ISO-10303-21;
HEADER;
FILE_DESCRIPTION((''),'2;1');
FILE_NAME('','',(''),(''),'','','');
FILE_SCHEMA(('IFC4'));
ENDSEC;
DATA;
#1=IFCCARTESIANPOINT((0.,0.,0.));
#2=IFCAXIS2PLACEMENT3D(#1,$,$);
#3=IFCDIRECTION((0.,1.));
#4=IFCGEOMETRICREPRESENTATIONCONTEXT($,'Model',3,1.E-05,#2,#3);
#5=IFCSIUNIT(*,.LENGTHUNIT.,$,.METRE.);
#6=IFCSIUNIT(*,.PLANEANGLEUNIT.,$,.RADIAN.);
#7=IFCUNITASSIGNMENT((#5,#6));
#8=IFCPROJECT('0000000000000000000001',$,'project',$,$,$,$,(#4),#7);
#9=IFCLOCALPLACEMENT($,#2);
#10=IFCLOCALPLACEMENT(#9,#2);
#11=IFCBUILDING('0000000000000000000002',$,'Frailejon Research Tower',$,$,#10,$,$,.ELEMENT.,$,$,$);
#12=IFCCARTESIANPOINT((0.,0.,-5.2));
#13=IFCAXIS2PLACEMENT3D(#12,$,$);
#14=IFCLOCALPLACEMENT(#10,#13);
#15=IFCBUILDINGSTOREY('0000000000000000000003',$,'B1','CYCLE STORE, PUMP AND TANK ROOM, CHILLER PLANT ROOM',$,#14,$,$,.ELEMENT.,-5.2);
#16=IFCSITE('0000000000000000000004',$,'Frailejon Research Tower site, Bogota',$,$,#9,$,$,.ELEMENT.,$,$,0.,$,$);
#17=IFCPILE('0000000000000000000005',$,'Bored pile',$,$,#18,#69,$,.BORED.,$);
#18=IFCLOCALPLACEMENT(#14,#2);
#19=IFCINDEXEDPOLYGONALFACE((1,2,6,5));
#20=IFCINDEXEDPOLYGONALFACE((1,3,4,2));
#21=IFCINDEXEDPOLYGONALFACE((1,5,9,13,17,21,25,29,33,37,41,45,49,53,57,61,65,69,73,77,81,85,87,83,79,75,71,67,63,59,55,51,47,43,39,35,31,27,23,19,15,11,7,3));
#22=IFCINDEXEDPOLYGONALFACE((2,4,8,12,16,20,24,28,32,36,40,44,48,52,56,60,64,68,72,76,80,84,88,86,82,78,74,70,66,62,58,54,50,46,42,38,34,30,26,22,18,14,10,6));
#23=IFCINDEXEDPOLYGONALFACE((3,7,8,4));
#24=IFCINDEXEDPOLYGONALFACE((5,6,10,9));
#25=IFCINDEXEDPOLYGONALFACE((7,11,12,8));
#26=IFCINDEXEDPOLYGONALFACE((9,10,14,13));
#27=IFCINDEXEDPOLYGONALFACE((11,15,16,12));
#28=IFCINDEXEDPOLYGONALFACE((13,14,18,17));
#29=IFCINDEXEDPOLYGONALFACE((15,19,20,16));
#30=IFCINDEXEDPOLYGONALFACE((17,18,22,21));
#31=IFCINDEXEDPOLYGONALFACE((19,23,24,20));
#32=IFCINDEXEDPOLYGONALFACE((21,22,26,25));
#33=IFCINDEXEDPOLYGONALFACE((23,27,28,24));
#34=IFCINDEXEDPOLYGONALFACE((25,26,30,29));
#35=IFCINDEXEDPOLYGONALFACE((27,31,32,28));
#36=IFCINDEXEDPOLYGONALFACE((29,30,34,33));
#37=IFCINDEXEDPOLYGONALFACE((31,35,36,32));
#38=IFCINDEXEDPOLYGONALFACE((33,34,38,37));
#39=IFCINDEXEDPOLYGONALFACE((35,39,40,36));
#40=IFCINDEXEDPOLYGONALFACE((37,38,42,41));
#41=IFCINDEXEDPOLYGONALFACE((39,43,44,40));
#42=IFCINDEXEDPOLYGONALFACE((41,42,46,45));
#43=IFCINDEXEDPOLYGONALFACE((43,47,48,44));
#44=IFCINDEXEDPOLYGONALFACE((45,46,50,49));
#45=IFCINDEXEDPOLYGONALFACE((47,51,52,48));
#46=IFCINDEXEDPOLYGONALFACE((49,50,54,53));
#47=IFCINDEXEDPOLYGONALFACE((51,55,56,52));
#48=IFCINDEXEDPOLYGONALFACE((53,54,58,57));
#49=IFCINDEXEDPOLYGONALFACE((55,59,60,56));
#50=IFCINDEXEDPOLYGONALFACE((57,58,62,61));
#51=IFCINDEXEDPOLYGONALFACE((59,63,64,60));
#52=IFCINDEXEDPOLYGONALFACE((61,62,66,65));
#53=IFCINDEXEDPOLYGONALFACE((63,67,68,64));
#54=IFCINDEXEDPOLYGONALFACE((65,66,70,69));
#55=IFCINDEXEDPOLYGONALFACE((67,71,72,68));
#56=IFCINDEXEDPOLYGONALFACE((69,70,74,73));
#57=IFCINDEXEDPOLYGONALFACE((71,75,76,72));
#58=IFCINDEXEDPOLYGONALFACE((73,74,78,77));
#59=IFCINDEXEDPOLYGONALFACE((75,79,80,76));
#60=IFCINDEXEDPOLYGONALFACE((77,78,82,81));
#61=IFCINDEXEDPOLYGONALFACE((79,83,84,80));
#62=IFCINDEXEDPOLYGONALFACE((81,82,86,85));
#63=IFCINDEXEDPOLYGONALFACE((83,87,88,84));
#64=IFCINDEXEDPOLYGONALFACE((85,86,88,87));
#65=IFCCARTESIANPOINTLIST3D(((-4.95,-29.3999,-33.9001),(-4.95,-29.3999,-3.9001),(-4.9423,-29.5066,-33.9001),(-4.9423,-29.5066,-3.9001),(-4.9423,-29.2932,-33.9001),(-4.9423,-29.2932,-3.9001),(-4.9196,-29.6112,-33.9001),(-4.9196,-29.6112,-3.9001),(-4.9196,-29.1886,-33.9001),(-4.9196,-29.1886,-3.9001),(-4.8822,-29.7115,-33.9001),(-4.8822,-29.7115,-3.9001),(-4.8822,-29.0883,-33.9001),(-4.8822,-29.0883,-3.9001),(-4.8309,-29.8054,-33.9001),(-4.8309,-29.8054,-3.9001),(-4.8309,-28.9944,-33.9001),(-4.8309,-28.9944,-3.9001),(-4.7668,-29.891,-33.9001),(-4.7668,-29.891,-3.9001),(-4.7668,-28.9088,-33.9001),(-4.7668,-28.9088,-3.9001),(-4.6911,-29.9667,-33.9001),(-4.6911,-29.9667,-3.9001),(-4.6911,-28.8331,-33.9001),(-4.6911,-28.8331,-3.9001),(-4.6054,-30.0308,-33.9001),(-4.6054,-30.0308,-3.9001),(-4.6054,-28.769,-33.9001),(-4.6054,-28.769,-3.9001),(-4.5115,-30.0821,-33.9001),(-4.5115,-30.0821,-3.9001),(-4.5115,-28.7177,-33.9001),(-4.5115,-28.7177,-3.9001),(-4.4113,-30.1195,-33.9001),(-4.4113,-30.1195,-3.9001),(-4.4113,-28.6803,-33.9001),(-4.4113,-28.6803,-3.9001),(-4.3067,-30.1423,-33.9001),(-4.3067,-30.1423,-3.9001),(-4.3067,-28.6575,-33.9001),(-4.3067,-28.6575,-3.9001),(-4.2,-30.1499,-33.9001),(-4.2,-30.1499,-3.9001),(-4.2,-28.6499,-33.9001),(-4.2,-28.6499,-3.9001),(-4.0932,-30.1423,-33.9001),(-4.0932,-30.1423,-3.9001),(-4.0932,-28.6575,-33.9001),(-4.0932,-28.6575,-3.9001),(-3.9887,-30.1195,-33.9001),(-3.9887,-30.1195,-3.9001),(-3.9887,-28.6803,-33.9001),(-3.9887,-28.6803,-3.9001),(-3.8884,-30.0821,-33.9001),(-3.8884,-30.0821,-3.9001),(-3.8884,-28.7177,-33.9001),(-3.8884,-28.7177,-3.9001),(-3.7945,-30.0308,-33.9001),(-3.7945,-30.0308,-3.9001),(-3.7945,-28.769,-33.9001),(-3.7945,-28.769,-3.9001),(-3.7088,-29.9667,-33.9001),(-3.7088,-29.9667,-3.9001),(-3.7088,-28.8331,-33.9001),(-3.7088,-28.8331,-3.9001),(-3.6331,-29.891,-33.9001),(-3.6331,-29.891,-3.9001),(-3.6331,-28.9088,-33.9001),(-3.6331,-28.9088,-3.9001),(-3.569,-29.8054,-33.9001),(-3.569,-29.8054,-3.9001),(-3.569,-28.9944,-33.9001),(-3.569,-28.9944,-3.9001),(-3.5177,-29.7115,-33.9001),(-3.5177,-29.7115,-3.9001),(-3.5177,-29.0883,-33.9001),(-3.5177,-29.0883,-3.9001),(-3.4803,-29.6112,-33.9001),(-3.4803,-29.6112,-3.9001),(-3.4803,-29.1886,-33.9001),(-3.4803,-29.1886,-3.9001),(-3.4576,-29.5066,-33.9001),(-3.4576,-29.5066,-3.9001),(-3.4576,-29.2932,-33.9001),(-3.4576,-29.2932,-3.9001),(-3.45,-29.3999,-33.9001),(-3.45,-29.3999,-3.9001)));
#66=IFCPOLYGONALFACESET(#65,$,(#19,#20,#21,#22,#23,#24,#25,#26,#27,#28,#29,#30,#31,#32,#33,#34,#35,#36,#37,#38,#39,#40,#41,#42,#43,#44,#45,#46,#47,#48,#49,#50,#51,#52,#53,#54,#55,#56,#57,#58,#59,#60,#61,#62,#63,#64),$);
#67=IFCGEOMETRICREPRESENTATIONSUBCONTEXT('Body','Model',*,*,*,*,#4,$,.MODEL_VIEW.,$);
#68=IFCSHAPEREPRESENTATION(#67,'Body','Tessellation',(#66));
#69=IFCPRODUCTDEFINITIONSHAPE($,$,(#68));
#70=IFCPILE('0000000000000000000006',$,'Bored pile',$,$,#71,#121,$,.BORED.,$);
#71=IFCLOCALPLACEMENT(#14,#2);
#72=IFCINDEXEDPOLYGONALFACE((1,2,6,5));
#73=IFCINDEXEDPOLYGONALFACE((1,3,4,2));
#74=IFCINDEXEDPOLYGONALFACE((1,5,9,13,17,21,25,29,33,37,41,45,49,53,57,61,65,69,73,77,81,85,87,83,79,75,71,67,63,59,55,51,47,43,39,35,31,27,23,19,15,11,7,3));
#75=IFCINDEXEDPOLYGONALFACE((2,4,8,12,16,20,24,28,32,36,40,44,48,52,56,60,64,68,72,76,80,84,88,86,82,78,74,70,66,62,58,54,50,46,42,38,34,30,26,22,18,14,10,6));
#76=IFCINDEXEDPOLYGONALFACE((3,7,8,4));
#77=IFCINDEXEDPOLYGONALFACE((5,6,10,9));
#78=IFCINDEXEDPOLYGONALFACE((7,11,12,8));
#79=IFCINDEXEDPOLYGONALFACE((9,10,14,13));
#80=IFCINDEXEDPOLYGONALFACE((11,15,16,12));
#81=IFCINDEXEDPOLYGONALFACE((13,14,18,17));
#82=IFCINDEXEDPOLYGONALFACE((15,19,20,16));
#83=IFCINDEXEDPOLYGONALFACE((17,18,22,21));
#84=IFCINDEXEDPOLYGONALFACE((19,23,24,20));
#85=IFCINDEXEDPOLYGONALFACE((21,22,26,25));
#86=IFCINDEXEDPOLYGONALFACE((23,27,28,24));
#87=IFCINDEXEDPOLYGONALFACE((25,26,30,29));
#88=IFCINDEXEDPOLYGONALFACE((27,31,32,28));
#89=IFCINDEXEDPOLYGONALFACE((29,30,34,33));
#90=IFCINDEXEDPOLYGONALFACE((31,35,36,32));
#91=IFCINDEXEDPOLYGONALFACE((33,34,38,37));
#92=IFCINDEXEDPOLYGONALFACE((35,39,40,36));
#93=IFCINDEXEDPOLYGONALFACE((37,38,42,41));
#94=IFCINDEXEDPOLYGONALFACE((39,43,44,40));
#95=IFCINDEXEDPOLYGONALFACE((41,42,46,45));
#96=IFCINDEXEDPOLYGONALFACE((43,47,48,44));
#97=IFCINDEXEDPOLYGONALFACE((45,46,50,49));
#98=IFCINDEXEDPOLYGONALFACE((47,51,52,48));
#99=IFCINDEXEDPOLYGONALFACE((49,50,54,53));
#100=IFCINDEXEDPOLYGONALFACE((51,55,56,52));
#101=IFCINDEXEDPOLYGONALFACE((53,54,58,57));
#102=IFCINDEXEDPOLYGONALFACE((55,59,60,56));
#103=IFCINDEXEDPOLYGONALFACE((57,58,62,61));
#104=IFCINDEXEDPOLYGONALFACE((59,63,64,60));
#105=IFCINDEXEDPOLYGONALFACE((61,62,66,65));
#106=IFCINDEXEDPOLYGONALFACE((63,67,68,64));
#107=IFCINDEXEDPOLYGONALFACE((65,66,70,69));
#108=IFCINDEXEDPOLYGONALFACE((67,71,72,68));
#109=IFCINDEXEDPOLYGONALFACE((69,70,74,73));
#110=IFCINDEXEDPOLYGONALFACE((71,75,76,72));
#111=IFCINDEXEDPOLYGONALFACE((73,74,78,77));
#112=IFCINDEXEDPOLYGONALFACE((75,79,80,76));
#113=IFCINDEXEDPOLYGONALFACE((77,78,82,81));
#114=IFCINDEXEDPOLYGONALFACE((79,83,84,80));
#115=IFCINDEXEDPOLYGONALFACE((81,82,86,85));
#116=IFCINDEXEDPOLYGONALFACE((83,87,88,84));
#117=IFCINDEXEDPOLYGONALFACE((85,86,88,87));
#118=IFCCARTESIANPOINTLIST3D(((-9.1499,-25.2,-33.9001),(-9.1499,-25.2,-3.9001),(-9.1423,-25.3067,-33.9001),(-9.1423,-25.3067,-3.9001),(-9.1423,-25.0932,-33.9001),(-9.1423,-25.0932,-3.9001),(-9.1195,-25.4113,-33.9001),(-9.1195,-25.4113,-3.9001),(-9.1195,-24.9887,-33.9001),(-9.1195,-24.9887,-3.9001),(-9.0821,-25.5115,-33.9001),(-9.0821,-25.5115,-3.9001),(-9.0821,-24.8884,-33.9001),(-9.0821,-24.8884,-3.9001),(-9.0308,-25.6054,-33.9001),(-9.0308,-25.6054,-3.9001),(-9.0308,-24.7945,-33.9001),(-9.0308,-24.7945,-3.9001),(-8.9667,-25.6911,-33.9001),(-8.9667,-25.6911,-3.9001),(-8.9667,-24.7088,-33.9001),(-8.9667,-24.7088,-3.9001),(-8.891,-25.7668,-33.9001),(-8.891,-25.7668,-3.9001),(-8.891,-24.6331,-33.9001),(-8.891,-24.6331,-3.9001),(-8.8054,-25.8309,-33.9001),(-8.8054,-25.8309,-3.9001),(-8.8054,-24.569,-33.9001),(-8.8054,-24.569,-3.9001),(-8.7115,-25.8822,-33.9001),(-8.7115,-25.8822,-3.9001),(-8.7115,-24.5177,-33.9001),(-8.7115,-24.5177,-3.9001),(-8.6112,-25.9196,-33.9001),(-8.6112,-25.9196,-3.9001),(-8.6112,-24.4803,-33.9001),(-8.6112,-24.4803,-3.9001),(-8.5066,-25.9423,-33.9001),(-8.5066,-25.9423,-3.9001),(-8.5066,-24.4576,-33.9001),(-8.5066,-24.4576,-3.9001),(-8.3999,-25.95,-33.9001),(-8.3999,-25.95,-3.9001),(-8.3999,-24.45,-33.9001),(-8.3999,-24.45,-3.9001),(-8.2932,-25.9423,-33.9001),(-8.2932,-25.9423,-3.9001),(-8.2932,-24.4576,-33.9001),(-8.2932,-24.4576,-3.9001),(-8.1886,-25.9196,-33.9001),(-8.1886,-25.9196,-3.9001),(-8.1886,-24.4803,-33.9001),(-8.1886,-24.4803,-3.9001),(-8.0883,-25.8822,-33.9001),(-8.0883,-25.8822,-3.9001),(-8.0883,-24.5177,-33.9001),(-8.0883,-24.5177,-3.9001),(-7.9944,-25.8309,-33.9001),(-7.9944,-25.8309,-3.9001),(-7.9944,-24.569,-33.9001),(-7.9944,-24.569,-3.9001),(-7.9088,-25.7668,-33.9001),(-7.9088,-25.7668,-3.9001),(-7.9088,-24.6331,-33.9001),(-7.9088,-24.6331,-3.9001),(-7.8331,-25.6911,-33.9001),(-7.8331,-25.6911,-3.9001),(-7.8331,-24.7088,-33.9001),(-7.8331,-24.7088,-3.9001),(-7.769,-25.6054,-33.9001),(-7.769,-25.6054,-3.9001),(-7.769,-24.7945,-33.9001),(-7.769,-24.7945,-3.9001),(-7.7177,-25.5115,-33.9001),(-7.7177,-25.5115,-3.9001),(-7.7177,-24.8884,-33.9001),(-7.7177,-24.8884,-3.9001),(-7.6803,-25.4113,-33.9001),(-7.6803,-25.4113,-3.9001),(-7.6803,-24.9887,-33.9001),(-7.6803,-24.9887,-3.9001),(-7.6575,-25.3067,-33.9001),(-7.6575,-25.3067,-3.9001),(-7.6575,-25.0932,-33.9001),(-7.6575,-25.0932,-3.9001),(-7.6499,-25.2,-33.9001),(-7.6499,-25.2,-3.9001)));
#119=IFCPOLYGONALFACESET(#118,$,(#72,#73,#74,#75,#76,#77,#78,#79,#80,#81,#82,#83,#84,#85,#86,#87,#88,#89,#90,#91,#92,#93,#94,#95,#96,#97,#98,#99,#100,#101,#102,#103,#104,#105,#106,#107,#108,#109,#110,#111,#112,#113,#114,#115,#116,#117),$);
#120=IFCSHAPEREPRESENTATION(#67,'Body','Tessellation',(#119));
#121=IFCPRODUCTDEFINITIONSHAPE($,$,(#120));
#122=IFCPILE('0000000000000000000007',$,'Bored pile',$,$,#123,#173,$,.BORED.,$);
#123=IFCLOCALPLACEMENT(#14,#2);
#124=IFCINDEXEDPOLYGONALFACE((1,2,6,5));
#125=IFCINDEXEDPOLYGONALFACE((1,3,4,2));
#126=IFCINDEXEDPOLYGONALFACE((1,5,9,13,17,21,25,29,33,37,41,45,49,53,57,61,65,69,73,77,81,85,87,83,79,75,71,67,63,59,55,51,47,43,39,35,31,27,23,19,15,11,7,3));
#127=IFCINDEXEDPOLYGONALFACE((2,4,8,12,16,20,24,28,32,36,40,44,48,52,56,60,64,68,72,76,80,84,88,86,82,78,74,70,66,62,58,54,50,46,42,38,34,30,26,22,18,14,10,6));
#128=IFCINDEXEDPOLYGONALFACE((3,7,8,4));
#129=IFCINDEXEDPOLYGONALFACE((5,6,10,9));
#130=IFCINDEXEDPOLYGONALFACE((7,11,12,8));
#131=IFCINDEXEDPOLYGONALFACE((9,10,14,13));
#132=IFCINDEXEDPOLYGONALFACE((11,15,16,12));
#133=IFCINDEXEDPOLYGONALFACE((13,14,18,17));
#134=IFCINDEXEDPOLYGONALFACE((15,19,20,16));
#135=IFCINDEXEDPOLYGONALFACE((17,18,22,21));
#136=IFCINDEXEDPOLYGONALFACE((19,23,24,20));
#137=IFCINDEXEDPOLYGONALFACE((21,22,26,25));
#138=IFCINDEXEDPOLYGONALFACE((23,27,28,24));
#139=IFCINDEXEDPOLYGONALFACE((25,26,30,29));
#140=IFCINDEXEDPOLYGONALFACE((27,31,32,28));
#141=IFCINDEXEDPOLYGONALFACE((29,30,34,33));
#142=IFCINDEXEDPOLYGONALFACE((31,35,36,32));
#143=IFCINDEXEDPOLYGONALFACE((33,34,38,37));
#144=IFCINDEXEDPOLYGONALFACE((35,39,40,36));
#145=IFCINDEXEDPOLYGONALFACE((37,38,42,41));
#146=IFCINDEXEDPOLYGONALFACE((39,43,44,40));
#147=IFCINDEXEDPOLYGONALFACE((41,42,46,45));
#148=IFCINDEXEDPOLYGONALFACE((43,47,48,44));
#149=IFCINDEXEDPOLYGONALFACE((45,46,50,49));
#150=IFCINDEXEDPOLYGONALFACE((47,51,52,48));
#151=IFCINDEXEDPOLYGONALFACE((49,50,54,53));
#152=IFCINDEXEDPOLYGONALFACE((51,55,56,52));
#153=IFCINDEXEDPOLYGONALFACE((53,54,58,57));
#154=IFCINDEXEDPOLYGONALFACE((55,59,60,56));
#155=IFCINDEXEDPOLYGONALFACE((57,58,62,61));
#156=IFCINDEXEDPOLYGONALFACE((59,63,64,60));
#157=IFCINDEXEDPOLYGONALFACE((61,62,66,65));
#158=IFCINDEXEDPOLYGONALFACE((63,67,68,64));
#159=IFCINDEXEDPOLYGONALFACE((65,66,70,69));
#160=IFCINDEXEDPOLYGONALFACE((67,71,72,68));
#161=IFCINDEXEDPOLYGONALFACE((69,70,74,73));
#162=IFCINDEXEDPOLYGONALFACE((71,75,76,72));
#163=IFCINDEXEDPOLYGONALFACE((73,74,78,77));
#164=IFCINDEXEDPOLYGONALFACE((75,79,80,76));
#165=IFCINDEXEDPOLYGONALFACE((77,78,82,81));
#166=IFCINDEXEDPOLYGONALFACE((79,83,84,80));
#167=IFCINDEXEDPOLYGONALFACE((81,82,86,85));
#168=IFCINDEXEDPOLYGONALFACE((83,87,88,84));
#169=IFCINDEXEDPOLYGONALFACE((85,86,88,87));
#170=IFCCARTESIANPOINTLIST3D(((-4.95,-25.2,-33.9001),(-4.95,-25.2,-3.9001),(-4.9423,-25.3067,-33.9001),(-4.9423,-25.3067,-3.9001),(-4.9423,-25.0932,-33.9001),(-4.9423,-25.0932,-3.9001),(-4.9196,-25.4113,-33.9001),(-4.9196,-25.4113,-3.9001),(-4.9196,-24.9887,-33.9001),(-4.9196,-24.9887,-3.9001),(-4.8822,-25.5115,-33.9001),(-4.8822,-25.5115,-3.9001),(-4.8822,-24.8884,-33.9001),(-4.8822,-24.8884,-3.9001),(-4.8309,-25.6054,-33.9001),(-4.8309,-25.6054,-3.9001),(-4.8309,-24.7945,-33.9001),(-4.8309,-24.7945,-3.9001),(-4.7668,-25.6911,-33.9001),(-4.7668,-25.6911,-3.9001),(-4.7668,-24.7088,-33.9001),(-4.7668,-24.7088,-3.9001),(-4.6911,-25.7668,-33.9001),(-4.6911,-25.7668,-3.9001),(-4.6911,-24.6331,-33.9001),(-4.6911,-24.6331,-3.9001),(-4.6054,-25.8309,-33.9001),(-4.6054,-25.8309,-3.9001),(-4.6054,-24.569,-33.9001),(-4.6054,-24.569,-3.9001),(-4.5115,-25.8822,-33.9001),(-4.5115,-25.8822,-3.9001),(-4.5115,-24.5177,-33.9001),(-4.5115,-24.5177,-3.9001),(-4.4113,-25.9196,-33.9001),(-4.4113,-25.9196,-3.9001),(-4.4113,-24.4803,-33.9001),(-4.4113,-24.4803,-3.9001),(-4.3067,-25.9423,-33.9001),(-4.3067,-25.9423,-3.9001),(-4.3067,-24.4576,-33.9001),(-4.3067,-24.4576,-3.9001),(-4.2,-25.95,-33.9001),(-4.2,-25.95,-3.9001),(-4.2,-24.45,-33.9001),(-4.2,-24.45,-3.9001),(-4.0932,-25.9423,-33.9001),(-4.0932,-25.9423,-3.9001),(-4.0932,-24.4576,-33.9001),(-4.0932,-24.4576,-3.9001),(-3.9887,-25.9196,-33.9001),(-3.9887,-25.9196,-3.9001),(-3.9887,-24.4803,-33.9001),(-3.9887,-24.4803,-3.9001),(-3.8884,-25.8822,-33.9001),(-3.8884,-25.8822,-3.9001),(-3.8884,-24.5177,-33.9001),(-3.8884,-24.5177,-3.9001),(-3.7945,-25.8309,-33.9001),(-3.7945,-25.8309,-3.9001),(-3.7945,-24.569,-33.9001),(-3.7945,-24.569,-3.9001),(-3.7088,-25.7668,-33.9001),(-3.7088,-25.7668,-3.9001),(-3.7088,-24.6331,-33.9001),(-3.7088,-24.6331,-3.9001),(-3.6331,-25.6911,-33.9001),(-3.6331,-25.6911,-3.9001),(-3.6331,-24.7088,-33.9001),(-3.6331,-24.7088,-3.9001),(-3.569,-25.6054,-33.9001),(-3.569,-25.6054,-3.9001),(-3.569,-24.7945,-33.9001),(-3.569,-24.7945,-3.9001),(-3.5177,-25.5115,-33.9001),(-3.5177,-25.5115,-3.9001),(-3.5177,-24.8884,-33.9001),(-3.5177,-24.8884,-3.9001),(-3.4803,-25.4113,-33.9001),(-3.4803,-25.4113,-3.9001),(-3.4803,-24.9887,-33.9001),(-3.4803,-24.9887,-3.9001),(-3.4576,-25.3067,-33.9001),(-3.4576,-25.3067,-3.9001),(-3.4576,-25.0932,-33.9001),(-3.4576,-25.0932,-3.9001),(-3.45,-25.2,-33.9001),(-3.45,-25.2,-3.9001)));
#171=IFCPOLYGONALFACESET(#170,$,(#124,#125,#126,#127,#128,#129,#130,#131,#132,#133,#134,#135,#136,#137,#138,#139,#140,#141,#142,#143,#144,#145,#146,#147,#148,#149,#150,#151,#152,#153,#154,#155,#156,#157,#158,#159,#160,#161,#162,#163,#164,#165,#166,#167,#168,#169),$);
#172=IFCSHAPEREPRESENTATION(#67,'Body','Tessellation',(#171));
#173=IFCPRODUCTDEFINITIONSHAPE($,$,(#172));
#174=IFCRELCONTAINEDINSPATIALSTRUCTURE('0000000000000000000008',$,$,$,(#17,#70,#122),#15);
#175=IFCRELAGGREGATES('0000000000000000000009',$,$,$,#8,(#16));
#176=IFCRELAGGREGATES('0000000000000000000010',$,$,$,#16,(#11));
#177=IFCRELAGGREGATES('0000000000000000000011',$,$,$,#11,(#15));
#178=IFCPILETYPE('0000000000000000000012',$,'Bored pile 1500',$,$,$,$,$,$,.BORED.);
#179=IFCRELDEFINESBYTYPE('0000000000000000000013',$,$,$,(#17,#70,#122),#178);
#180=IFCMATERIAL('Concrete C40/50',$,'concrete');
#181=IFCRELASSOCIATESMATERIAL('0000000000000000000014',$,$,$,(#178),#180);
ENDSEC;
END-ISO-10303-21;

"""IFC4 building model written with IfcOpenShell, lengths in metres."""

from ifc_helpers import new_model, si_unit, direction, frame, origin, origin_2d, place, context, subcontext, project, spatial, circle, extrude, material, material_profile, profile_set, type_object, element, save


model = new_model("IFC4")

# Units and contexts
model_context = context("Model", 3, precision=1e-05, world=origin(), true_north=direction((0.0, 1.0)))
body_context = subcontext(model_context, "Body", "Model", "MODEL_VIEW")
ifc_project = project(units=[si_unit("LENGTHUNIT", "METRE"), si_unit("PLANEANGLEUNIT", "RADIAN")], contexts=[model_context])

# Site, building, storey
site_placement = place(None, origin())
site = spatial("IfcSite", under=ifc_project, at=site_placement, Name="Frailejon Research Tower site, Bogota", CompositionType="ELEMENT", RefElevation=0.0)
building_placement = place(site_placement, origin())
building = spatial("IfcBuilding", under=site, at=building_placement, Name="Frailejon Research Tower", CompositionType="ELEMENT")
storey_placement = place(building_placement, frame((0.0, 0.0, -5.2)))
storey = spatial("IfcBuildingStorey", under=building, at=storey_placement, Name="B1", Description="CYCLE STORE, PUMP AND TANK ROOM, CHILLER PLANT ROOM", CompositionType="ELEMENT", Elevation=-5.2)

# Piles
ifc_material_1 = material(Name="Concrete C40/50", Category="concrete")
ifc_material_profile_1 = material_profile(ifc_material_1, circle(Radius=0.75, at=origin_2d()), Name="Bored pile 1500")
ifc_profile_set_1 = profile_set([ifc_material_profile_1], Name="Concrete C40/50")
pile_type = type_object("IfcPileType", Name="Bored pile 1500", PredefinedType="BORED", material=ifc_profile_set_1)
for number, where, z_axis, x_axis, name in (
    (1, (-4.2, -29.3999, -3.9001), (0.0, 0.0, -1.0), (1.0, 0.0, 0.0), "Bored pile"),
    (2, (-8.3999, -25.2, -3.9001), (0.0, 0.0, -1.0), (1.0, 0.0, 0.0), "Bored pile"),
    (3, (-4.2, -25.2, -3.9001), (0.0, 0.0, -1.0), (1.0, 0.0, 0.0), "Bored pile"),
):
    element("IfcPile", number, at=place(storey_placement, frame(where, z_axis=z_axis, x_axis=x_axis)), inside=storey, type_object=pile_type, Name=name, PredefinedType="BORED", context=body_context, shape_type="SweptSolid", body=[
        extrude(circle(Radius=0.75, at=origin_2d()), origin(), (0.0, 0.0, 1.0), 30.0),
    ])

save(model, "model.ifc")
